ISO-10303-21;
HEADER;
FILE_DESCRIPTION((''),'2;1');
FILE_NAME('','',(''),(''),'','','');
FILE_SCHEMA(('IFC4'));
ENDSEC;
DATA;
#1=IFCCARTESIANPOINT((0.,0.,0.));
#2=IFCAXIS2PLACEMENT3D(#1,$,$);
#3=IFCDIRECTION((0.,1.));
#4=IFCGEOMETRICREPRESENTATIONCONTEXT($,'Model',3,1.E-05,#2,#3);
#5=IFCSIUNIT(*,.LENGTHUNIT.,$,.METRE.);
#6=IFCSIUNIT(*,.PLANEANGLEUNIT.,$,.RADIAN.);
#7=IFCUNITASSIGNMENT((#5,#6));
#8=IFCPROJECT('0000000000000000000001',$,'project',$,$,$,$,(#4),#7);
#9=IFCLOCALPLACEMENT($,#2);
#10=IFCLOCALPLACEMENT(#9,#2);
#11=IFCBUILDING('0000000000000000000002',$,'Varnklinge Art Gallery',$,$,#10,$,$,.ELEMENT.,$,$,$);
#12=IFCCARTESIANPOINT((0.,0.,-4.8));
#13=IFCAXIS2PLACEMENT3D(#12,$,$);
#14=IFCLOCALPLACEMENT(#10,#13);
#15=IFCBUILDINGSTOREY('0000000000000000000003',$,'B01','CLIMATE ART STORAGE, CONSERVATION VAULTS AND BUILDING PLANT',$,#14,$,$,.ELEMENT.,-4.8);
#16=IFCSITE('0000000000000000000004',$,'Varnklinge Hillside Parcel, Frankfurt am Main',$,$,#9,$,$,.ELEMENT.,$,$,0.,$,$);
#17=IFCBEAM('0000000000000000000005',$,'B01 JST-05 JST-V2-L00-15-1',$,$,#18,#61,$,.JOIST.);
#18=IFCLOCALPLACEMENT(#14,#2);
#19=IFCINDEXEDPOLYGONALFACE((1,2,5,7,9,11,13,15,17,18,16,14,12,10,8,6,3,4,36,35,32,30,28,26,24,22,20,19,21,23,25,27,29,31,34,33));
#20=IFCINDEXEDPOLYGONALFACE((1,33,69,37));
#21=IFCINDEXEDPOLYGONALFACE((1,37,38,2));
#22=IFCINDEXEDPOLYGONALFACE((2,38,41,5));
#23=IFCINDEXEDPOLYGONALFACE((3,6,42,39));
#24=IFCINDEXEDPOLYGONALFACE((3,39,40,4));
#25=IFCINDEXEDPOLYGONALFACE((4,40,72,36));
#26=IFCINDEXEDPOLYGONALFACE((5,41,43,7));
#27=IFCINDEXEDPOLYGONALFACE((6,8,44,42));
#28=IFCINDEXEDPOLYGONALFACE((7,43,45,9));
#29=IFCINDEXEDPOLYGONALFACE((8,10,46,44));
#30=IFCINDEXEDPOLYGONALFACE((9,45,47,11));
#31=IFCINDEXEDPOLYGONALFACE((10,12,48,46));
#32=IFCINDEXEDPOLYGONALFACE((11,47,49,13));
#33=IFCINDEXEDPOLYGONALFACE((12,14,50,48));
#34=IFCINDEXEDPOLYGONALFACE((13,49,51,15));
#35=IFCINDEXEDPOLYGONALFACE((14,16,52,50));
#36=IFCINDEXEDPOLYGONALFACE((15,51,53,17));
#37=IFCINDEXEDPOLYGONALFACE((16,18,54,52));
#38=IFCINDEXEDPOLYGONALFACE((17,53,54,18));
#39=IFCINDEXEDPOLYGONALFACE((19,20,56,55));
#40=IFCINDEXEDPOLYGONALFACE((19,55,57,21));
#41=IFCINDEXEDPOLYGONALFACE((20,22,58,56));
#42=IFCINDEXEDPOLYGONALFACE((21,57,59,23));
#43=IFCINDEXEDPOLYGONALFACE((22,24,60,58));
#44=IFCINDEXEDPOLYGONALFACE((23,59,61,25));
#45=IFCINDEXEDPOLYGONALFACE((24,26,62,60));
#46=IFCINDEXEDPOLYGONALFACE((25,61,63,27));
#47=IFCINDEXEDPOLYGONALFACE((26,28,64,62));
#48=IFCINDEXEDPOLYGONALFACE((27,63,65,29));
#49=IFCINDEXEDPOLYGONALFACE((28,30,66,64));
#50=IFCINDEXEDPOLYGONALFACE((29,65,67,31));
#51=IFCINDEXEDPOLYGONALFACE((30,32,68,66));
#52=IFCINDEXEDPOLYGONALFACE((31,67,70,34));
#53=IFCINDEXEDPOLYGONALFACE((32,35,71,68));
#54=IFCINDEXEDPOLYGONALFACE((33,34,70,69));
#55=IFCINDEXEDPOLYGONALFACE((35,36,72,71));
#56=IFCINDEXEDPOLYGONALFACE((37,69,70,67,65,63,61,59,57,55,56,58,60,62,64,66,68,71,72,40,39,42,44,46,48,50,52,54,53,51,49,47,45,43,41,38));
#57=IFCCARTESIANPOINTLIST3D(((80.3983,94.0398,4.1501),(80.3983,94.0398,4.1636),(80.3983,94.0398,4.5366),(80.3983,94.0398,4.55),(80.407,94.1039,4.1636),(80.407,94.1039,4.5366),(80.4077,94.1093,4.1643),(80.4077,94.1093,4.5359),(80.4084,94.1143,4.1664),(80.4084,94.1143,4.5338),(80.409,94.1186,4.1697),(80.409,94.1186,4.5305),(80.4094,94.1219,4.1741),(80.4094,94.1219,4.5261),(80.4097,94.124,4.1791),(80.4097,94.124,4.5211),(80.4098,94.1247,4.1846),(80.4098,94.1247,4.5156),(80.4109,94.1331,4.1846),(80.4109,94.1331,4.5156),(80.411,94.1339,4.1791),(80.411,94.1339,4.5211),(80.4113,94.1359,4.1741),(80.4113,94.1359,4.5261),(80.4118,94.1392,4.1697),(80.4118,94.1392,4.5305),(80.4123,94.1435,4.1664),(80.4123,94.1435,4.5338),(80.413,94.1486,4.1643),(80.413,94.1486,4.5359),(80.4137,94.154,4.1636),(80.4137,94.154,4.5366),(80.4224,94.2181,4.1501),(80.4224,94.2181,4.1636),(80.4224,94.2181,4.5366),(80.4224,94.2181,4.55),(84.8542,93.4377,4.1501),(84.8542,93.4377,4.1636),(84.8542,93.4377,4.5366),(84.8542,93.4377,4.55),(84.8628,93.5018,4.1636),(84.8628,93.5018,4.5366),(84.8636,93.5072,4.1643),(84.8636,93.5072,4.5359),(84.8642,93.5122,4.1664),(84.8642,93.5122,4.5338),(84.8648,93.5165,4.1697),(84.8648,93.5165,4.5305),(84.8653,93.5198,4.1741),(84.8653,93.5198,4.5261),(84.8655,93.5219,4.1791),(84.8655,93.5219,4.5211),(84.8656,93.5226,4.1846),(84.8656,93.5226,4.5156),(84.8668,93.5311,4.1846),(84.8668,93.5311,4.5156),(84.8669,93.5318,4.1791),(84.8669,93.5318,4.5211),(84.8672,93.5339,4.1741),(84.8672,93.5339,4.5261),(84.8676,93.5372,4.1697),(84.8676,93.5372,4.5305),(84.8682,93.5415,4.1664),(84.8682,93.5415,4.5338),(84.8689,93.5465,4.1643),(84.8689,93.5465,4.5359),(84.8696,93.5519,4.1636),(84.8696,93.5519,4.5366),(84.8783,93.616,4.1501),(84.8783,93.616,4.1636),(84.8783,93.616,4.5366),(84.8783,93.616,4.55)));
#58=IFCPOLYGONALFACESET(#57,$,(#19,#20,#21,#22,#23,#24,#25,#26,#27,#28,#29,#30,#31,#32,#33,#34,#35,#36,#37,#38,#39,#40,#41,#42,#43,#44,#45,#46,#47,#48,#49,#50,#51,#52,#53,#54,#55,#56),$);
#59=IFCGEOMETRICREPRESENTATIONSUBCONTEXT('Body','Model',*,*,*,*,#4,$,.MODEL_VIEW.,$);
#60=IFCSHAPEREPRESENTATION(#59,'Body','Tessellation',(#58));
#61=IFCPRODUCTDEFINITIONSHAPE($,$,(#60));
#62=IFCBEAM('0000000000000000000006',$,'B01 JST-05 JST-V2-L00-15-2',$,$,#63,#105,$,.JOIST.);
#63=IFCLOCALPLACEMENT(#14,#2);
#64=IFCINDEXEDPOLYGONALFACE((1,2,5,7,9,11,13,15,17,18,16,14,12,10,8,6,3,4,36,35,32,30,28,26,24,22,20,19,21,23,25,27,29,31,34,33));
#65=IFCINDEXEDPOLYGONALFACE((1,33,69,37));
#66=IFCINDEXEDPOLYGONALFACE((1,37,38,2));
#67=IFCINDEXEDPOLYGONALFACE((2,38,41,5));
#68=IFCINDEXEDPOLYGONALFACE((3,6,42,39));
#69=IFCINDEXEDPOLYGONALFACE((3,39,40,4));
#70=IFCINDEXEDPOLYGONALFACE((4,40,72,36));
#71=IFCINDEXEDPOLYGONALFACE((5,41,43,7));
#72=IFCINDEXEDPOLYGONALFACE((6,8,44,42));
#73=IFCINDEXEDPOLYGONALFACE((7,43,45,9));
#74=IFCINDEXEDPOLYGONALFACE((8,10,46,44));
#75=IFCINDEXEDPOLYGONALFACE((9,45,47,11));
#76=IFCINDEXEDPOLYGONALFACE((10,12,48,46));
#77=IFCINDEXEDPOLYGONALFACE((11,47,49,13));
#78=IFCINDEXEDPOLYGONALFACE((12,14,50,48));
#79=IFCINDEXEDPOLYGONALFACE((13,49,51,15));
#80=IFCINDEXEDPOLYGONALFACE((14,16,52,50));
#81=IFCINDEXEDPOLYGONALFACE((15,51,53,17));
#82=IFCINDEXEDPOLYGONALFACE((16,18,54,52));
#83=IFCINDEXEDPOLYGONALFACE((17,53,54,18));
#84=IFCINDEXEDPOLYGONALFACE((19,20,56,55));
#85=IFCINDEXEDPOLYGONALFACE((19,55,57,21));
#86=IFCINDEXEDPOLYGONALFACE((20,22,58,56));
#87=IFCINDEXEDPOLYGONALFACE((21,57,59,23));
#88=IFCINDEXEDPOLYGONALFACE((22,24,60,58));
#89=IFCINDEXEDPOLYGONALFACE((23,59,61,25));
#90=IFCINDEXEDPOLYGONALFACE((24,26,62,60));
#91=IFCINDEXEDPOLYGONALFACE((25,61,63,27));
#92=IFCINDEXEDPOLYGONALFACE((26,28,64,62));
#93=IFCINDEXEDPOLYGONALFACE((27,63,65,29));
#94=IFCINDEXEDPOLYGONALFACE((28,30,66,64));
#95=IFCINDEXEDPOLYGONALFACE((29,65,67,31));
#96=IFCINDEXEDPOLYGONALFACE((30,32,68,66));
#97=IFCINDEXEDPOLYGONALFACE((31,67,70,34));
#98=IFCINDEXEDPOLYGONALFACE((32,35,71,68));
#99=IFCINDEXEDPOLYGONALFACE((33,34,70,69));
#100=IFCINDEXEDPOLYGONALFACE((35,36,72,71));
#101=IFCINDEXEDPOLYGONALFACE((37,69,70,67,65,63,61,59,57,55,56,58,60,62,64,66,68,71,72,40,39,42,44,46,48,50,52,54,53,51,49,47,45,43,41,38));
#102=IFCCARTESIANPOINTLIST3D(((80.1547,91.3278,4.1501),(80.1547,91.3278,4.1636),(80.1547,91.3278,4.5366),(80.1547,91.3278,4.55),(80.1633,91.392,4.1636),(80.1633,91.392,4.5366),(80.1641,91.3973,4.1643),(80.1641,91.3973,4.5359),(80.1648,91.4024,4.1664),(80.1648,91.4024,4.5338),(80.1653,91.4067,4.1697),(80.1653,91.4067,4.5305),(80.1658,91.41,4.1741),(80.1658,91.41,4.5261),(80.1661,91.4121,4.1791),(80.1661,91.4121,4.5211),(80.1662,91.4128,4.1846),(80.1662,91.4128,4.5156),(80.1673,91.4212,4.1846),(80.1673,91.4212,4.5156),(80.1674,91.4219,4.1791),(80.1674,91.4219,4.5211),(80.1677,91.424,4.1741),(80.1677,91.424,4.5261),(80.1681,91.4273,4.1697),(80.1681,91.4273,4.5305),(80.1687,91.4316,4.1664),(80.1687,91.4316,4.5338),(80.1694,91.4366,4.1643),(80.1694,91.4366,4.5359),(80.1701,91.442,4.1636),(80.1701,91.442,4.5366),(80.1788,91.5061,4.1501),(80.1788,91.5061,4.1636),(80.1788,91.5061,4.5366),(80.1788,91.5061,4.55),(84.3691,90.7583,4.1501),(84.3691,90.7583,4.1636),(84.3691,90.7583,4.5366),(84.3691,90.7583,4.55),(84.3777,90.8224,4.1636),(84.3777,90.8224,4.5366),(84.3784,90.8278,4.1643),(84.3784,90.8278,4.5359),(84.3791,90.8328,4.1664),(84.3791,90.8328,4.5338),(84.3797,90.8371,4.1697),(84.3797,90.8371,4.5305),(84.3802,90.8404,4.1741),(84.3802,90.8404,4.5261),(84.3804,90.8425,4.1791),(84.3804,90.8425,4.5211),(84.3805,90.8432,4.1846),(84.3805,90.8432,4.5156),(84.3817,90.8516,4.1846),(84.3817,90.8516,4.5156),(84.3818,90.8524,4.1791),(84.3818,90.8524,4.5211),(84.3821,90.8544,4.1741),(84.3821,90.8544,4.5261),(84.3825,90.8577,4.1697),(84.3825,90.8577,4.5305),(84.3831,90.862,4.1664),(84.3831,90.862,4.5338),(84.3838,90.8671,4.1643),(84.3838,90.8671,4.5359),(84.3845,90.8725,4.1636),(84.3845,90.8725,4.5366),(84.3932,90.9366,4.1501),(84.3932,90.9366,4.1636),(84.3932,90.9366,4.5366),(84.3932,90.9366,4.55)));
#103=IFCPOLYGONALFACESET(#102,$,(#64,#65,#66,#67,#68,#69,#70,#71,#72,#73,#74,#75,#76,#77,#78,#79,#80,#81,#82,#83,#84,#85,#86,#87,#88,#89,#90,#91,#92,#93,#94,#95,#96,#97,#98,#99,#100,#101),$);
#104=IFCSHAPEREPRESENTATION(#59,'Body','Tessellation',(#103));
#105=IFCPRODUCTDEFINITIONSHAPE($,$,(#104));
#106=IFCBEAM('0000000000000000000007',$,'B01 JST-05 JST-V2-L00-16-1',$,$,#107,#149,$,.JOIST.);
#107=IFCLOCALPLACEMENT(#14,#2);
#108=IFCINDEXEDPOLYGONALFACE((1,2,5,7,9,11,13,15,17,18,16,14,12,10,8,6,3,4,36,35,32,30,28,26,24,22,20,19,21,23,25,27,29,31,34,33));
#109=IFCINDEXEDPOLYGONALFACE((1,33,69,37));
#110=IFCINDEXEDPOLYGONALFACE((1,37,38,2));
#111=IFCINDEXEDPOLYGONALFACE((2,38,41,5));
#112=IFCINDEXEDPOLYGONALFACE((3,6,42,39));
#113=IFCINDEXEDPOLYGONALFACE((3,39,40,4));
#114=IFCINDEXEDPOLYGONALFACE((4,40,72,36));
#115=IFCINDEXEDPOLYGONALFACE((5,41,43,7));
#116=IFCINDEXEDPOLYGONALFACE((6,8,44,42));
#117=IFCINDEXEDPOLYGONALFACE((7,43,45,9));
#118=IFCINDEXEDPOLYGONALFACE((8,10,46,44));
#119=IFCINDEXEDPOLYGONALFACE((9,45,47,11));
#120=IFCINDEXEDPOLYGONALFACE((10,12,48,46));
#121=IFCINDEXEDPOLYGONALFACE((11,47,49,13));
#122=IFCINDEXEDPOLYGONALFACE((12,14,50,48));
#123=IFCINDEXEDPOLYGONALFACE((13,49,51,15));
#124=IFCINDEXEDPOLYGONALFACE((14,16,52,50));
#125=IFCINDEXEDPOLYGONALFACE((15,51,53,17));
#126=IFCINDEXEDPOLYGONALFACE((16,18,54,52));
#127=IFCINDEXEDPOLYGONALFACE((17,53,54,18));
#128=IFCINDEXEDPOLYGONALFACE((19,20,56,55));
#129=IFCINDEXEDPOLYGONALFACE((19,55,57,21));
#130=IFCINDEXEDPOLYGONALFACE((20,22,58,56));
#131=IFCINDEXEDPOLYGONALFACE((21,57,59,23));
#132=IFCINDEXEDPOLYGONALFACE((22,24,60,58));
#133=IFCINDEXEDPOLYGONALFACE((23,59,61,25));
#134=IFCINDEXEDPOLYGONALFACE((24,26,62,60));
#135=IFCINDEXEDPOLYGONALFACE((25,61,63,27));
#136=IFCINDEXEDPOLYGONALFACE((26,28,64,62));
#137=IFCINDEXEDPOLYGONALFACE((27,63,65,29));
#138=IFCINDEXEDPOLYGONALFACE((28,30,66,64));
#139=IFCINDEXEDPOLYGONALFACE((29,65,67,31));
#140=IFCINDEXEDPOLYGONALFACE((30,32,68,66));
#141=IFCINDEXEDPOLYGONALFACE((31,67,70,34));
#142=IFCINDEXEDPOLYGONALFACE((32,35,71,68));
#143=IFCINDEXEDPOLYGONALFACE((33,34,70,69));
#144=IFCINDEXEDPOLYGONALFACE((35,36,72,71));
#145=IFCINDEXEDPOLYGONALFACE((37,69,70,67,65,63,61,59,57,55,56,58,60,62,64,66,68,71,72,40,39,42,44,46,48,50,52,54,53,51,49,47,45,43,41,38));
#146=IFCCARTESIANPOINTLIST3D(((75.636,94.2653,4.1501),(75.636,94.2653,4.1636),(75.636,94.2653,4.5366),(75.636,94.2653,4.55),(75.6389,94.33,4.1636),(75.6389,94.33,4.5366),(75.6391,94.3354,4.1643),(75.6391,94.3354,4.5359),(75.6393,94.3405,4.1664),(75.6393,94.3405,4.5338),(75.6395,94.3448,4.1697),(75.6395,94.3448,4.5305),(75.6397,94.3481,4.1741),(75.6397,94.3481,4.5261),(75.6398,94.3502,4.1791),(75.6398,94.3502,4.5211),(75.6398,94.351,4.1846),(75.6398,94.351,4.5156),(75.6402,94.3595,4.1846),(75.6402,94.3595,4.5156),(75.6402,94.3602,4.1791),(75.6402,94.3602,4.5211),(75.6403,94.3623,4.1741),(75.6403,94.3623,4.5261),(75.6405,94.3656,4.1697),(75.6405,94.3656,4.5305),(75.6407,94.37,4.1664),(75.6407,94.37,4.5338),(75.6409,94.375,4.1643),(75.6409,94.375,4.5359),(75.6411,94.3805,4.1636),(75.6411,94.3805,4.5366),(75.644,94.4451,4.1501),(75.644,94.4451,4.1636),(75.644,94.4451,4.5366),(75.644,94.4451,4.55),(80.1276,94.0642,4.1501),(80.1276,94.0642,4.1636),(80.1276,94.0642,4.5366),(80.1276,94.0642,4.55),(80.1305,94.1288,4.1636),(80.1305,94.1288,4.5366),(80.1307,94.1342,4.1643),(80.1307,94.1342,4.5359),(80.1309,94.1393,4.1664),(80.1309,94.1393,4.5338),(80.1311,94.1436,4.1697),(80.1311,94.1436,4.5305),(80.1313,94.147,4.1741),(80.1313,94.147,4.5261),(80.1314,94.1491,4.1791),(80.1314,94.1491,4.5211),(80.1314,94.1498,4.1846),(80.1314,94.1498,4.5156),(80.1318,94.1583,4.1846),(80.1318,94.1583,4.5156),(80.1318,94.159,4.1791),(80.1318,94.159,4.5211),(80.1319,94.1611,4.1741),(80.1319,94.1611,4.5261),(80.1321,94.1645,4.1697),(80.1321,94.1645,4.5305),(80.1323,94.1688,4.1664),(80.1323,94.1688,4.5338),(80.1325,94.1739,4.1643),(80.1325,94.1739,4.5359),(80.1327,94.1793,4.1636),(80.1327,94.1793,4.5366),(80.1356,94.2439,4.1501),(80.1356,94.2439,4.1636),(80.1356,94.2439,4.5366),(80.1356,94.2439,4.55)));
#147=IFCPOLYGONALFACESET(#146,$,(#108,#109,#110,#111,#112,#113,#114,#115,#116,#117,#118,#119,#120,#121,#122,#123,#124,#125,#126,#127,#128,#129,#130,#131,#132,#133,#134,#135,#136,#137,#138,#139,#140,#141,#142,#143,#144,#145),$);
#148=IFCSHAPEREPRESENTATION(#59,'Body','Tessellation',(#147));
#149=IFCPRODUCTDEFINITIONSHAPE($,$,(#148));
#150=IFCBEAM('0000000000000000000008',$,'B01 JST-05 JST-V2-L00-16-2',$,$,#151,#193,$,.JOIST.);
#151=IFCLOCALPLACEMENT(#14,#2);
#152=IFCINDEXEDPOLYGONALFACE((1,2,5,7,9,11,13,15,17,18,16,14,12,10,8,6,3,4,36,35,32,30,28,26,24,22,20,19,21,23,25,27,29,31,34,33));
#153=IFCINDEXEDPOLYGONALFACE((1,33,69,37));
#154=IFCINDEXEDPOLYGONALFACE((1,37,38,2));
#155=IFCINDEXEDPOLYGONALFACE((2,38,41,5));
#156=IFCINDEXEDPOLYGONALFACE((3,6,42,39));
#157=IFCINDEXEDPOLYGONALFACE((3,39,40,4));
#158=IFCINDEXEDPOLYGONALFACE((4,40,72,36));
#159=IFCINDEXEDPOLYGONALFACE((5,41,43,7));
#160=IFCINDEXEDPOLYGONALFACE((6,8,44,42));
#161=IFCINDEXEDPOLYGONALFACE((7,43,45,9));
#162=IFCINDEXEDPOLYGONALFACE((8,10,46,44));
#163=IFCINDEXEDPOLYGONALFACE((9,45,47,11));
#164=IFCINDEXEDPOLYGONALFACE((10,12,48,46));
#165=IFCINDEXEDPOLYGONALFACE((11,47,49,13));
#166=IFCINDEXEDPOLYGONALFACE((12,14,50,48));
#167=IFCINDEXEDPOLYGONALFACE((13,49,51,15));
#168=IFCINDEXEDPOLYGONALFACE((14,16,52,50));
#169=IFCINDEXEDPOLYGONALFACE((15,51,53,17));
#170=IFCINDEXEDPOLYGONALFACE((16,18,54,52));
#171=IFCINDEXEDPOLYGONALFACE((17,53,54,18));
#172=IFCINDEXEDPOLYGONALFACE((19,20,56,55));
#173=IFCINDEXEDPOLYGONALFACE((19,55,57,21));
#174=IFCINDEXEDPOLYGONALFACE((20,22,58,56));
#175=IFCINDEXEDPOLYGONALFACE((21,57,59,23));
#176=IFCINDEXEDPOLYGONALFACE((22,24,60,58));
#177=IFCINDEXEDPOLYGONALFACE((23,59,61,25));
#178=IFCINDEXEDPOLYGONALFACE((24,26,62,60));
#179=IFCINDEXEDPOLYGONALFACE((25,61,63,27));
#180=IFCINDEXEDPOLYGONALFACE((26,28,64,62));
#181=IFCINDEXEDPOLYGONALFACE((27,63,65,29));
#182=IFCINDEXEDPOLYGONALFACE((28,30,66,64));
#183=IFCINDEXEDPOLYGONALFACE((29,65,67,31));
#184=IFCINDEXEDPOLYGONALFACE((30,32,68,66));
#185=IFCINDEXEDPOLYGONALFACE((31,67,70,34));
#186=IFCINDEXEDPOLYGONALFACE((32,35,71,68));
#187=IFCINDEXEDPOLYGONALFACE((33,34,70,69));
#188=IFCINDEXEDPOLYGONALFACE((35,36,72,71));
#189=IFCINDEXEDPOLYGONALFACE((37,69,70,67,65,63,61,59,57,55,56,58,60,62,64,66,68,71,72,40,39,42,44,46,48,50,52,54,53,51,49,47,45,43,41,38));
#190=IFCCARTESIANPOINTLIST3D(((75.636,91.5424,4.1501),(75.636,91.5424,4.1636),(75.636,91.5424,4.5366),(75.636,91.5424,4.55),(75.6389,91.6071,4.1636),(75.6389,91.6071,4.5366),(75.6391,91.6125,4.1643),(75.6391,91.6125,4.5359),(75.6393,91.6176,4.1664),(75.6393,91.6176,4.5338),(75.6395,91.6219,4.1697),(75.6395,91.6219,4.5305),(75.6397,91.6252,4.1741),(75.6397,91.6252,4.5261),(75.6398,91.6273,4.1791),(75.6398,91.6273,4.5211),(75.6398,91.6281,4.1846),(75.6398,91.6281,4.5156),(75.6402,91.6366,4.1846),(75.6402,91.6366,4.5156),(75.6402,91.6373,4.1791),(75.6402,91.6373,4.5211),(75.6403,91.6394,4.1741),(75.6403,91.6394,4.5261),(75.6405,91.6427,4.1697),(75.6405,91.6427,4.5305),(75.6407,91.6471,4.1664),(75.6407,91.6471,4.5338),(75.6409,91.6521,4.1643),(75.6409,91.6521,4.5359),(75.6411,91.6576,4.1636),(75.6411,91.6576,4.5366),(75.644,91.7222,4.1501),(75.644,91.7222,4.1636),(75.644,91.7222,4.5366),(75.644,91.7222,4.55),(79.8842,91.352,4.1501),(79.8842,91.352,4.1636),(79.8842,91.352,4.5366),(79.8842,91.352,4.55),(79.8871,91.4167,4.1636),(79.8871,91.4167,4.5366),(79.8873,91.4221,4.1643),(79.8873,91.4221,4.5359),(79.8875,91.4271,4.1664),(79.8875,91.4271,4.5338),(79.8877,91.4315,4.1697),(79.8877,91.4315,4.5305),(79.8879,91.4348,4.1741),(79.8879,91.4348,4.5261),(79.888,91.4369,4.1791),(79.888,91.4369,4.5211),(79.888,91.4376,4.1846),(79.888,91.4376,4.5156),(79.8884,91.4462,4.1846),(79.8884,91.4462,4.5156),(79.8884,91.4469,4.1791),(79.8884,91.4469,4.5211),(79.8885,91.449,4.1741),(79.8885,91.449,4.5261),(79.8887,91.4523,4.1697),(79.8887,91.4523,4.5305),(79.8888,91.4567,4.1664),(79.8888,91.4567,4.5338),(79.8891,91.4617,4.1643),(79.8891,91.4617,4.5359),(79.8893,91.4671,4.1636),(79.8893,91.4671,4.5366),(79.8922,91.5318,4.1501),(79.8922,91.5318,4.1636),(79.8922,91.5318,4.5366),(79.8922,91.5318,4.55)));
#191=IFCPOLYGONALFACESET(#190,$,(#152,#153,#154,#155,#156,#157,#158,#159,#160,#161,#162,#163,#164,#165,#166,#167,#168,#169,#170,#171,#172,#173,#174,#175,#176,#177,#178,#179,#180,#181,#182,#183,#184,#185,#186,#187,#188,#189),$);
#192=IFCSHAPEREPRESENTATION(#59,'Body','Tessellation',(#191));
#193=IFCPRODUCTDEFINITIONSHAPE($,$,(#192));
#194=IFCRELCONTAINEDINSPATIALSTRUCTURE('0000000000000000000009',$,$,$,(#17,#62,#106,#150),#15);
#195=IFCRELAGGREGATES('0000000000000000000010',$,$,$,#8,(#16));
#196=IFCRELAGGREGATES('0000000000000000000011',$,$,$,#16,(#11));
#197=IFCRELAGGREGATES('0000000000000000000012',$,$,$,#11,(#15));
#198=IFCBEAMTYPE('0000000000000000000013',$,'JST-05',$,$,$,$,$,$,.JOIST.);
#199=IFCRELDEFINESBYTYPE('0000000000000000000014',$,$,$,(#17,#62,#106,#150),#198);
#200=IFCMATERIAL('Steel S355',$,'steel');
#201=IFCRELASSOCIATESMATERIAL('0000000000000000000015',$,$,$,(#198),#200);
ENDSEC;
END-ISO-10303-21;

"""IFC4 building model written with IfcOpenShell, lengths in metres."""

from ifc_helpers import new_model, si_unit, direction, frame, origin, origin_2d, place, context, subcontext, project, spatial, i_section, extrude, material, material_profile, profile_set, type_object, element, save


model = new_model("IFC4")

# Units and contexts
model_context = context("Model", 3, precision=1e-05, world=origin(), true_north=direction((0.0, 1.0)))
body_context = subcontext(model_context, "Body", "Model", "MODEL_VIEW")
ifc_project = project(units=[si_unit("LENGTHUNIT", "METRE"), si_unit("PLANEANGLEUNIT", "RADIAN")], contexts=[model_context])

# Site, building, storey
site_placement = place(None, origin())
site = spatial("IfcSite", under=ifc_project, at=site_placement, Name="Varnklinge Hillside Parcel, Frankfurt am Main", CompositionType="ELEMENT", RefElevation=0.0)
building_placement = place(site_placement, origin())
building = spatial("IfcBuilding", under=site, at=building_placement, Name="Varnklinge Art Gallery", CompositionType="ELEMENT")
storey_placement = place(building_placement, frame((0.0, 0.0, -4.8)))
storey = spatial("IfcBuildingStorey", under=building, at=storey_placement, Name="B01", Description="CLIMATE ART STORAGE, CONSERVATION VAULTS AND BUILDING PLANT", CompositionType="ELEMENT", Elevation=-4.8)

# Beams
ifc_material_1 = material(Name="Steel S355", Category="steel")
ifc_material_profile_1 = material_profile(ifc_material_1, i_section(OverallWidth=0.1799, OverallDepth=0.3999, WebThickness=0.0085, FlangeThickness=0.0134, FilletRadius=0.021, at=origin_2d()), Name="IPE 400")
ifc_profile_set_1 = profile_set([ifc_material_profile_1], Name="Steel S355")
beam_type_1 = type_object("IfcBeamType", Name="JST-05", PredefinedType="JOIST", material=ifc_profile_set_1)
beam_1_placement = place(storey_placement, frame((84.8662, 93.5269, 4.3501), z_axis=(-0.990995, 0.133899, 0.0), x_axis=(-0.133899, -0.990995, 0.0)))
element("IfcBeam", 1, at=beam_1_placement, inside=storey, type_object=beam_type_1, Name="B01 JST-05 JST-V2-L00-15-1", PredefinedType="JOIST", context=body_context, shape_type="SweptSolid", body=[
    extrude(i_section(OverallWidth=0.1799, OverallDepth=0.3999, WebThickness=0.0085, FlangeThickness=0.0134, FilletRadius=0.021, at=origin_2d()), origin(), (0.0, 0.0, 1.0), 4.4963),
])
beam_2_placement = place(storey_placement, frame((84.3811, 90.8474, 4.3501), z_axis=(-0.99099, 0.133935, 0.0), x_axis=(-0.133935, -0.99099, 0.0)))
element("IfcBeam", 2, at=beam_2_placement, inside=storey, type_object=beam_type_1, Name="B01 JST-05 JST-V2-L00-15-2", PredefinedType="JOIST", context=body_context, shape_type="SweptSolid", body=[
    extrude(i_section(OverallWidth=0.1799, OverallDepth=0.3999, WebThickness=0.0085, FlangeThickness=0.0134, FilletRadius=0.021, at=origin_2d()), origin(), (0.0, 0.0, 1.0), 4.2527),
])
beam_3_placement = place(storey_placement, frame((80.1316, 94.1541, 4.3501), z_axis=(-0.998999, 0.044743, 0.0), x_axis=(-0.044743, -0.998999, 0.0)))
element("IfcBeam", 3, at=beam_3_placement, inside=storey, type_object=beam_type_1, Name="B01 JST-05 JST-V2-L00-16-1", PredefinedType="JOIST", context=body_context, shape_type="SweptSolid", body=[
    extrude(i_section(OverallWidth=0.1799, OverallDepth=0.3999, WebThickness=0.0085, FlangeThickness=0.0134, FilletRadius=0.021, at=origin_2d()), origin(), (0.0, 0.0, 1.0), 4.4961),
])
beam_4_placement = place(storey_placement, frame((79.8882, 91.4419, 4.3501), z_axis=(-0.998997, 0.04478, 0.0), x_axis=(-0.04478, -0.998997, 0.0)))
element("IfcBeam", 4, at=beam_4_placement, inside=storey, type_object=beam_type_1, Name="B01 JST-05 JST-V2-L00-16-2", PredefinedType="JOIST", context=body_context, shape_type="SweptSolid", body=[
    extrude(i_section(OverallWidth=0.1799, OverallDepth=0.3999, WebThickness=0.0085, FlangeThickness=0.0134, FilletRadius=0.021, at=origin_2d()), origin(), (0.0, 0.0, 1.0), 4.2524),
])

save(model, "model.ifc")
